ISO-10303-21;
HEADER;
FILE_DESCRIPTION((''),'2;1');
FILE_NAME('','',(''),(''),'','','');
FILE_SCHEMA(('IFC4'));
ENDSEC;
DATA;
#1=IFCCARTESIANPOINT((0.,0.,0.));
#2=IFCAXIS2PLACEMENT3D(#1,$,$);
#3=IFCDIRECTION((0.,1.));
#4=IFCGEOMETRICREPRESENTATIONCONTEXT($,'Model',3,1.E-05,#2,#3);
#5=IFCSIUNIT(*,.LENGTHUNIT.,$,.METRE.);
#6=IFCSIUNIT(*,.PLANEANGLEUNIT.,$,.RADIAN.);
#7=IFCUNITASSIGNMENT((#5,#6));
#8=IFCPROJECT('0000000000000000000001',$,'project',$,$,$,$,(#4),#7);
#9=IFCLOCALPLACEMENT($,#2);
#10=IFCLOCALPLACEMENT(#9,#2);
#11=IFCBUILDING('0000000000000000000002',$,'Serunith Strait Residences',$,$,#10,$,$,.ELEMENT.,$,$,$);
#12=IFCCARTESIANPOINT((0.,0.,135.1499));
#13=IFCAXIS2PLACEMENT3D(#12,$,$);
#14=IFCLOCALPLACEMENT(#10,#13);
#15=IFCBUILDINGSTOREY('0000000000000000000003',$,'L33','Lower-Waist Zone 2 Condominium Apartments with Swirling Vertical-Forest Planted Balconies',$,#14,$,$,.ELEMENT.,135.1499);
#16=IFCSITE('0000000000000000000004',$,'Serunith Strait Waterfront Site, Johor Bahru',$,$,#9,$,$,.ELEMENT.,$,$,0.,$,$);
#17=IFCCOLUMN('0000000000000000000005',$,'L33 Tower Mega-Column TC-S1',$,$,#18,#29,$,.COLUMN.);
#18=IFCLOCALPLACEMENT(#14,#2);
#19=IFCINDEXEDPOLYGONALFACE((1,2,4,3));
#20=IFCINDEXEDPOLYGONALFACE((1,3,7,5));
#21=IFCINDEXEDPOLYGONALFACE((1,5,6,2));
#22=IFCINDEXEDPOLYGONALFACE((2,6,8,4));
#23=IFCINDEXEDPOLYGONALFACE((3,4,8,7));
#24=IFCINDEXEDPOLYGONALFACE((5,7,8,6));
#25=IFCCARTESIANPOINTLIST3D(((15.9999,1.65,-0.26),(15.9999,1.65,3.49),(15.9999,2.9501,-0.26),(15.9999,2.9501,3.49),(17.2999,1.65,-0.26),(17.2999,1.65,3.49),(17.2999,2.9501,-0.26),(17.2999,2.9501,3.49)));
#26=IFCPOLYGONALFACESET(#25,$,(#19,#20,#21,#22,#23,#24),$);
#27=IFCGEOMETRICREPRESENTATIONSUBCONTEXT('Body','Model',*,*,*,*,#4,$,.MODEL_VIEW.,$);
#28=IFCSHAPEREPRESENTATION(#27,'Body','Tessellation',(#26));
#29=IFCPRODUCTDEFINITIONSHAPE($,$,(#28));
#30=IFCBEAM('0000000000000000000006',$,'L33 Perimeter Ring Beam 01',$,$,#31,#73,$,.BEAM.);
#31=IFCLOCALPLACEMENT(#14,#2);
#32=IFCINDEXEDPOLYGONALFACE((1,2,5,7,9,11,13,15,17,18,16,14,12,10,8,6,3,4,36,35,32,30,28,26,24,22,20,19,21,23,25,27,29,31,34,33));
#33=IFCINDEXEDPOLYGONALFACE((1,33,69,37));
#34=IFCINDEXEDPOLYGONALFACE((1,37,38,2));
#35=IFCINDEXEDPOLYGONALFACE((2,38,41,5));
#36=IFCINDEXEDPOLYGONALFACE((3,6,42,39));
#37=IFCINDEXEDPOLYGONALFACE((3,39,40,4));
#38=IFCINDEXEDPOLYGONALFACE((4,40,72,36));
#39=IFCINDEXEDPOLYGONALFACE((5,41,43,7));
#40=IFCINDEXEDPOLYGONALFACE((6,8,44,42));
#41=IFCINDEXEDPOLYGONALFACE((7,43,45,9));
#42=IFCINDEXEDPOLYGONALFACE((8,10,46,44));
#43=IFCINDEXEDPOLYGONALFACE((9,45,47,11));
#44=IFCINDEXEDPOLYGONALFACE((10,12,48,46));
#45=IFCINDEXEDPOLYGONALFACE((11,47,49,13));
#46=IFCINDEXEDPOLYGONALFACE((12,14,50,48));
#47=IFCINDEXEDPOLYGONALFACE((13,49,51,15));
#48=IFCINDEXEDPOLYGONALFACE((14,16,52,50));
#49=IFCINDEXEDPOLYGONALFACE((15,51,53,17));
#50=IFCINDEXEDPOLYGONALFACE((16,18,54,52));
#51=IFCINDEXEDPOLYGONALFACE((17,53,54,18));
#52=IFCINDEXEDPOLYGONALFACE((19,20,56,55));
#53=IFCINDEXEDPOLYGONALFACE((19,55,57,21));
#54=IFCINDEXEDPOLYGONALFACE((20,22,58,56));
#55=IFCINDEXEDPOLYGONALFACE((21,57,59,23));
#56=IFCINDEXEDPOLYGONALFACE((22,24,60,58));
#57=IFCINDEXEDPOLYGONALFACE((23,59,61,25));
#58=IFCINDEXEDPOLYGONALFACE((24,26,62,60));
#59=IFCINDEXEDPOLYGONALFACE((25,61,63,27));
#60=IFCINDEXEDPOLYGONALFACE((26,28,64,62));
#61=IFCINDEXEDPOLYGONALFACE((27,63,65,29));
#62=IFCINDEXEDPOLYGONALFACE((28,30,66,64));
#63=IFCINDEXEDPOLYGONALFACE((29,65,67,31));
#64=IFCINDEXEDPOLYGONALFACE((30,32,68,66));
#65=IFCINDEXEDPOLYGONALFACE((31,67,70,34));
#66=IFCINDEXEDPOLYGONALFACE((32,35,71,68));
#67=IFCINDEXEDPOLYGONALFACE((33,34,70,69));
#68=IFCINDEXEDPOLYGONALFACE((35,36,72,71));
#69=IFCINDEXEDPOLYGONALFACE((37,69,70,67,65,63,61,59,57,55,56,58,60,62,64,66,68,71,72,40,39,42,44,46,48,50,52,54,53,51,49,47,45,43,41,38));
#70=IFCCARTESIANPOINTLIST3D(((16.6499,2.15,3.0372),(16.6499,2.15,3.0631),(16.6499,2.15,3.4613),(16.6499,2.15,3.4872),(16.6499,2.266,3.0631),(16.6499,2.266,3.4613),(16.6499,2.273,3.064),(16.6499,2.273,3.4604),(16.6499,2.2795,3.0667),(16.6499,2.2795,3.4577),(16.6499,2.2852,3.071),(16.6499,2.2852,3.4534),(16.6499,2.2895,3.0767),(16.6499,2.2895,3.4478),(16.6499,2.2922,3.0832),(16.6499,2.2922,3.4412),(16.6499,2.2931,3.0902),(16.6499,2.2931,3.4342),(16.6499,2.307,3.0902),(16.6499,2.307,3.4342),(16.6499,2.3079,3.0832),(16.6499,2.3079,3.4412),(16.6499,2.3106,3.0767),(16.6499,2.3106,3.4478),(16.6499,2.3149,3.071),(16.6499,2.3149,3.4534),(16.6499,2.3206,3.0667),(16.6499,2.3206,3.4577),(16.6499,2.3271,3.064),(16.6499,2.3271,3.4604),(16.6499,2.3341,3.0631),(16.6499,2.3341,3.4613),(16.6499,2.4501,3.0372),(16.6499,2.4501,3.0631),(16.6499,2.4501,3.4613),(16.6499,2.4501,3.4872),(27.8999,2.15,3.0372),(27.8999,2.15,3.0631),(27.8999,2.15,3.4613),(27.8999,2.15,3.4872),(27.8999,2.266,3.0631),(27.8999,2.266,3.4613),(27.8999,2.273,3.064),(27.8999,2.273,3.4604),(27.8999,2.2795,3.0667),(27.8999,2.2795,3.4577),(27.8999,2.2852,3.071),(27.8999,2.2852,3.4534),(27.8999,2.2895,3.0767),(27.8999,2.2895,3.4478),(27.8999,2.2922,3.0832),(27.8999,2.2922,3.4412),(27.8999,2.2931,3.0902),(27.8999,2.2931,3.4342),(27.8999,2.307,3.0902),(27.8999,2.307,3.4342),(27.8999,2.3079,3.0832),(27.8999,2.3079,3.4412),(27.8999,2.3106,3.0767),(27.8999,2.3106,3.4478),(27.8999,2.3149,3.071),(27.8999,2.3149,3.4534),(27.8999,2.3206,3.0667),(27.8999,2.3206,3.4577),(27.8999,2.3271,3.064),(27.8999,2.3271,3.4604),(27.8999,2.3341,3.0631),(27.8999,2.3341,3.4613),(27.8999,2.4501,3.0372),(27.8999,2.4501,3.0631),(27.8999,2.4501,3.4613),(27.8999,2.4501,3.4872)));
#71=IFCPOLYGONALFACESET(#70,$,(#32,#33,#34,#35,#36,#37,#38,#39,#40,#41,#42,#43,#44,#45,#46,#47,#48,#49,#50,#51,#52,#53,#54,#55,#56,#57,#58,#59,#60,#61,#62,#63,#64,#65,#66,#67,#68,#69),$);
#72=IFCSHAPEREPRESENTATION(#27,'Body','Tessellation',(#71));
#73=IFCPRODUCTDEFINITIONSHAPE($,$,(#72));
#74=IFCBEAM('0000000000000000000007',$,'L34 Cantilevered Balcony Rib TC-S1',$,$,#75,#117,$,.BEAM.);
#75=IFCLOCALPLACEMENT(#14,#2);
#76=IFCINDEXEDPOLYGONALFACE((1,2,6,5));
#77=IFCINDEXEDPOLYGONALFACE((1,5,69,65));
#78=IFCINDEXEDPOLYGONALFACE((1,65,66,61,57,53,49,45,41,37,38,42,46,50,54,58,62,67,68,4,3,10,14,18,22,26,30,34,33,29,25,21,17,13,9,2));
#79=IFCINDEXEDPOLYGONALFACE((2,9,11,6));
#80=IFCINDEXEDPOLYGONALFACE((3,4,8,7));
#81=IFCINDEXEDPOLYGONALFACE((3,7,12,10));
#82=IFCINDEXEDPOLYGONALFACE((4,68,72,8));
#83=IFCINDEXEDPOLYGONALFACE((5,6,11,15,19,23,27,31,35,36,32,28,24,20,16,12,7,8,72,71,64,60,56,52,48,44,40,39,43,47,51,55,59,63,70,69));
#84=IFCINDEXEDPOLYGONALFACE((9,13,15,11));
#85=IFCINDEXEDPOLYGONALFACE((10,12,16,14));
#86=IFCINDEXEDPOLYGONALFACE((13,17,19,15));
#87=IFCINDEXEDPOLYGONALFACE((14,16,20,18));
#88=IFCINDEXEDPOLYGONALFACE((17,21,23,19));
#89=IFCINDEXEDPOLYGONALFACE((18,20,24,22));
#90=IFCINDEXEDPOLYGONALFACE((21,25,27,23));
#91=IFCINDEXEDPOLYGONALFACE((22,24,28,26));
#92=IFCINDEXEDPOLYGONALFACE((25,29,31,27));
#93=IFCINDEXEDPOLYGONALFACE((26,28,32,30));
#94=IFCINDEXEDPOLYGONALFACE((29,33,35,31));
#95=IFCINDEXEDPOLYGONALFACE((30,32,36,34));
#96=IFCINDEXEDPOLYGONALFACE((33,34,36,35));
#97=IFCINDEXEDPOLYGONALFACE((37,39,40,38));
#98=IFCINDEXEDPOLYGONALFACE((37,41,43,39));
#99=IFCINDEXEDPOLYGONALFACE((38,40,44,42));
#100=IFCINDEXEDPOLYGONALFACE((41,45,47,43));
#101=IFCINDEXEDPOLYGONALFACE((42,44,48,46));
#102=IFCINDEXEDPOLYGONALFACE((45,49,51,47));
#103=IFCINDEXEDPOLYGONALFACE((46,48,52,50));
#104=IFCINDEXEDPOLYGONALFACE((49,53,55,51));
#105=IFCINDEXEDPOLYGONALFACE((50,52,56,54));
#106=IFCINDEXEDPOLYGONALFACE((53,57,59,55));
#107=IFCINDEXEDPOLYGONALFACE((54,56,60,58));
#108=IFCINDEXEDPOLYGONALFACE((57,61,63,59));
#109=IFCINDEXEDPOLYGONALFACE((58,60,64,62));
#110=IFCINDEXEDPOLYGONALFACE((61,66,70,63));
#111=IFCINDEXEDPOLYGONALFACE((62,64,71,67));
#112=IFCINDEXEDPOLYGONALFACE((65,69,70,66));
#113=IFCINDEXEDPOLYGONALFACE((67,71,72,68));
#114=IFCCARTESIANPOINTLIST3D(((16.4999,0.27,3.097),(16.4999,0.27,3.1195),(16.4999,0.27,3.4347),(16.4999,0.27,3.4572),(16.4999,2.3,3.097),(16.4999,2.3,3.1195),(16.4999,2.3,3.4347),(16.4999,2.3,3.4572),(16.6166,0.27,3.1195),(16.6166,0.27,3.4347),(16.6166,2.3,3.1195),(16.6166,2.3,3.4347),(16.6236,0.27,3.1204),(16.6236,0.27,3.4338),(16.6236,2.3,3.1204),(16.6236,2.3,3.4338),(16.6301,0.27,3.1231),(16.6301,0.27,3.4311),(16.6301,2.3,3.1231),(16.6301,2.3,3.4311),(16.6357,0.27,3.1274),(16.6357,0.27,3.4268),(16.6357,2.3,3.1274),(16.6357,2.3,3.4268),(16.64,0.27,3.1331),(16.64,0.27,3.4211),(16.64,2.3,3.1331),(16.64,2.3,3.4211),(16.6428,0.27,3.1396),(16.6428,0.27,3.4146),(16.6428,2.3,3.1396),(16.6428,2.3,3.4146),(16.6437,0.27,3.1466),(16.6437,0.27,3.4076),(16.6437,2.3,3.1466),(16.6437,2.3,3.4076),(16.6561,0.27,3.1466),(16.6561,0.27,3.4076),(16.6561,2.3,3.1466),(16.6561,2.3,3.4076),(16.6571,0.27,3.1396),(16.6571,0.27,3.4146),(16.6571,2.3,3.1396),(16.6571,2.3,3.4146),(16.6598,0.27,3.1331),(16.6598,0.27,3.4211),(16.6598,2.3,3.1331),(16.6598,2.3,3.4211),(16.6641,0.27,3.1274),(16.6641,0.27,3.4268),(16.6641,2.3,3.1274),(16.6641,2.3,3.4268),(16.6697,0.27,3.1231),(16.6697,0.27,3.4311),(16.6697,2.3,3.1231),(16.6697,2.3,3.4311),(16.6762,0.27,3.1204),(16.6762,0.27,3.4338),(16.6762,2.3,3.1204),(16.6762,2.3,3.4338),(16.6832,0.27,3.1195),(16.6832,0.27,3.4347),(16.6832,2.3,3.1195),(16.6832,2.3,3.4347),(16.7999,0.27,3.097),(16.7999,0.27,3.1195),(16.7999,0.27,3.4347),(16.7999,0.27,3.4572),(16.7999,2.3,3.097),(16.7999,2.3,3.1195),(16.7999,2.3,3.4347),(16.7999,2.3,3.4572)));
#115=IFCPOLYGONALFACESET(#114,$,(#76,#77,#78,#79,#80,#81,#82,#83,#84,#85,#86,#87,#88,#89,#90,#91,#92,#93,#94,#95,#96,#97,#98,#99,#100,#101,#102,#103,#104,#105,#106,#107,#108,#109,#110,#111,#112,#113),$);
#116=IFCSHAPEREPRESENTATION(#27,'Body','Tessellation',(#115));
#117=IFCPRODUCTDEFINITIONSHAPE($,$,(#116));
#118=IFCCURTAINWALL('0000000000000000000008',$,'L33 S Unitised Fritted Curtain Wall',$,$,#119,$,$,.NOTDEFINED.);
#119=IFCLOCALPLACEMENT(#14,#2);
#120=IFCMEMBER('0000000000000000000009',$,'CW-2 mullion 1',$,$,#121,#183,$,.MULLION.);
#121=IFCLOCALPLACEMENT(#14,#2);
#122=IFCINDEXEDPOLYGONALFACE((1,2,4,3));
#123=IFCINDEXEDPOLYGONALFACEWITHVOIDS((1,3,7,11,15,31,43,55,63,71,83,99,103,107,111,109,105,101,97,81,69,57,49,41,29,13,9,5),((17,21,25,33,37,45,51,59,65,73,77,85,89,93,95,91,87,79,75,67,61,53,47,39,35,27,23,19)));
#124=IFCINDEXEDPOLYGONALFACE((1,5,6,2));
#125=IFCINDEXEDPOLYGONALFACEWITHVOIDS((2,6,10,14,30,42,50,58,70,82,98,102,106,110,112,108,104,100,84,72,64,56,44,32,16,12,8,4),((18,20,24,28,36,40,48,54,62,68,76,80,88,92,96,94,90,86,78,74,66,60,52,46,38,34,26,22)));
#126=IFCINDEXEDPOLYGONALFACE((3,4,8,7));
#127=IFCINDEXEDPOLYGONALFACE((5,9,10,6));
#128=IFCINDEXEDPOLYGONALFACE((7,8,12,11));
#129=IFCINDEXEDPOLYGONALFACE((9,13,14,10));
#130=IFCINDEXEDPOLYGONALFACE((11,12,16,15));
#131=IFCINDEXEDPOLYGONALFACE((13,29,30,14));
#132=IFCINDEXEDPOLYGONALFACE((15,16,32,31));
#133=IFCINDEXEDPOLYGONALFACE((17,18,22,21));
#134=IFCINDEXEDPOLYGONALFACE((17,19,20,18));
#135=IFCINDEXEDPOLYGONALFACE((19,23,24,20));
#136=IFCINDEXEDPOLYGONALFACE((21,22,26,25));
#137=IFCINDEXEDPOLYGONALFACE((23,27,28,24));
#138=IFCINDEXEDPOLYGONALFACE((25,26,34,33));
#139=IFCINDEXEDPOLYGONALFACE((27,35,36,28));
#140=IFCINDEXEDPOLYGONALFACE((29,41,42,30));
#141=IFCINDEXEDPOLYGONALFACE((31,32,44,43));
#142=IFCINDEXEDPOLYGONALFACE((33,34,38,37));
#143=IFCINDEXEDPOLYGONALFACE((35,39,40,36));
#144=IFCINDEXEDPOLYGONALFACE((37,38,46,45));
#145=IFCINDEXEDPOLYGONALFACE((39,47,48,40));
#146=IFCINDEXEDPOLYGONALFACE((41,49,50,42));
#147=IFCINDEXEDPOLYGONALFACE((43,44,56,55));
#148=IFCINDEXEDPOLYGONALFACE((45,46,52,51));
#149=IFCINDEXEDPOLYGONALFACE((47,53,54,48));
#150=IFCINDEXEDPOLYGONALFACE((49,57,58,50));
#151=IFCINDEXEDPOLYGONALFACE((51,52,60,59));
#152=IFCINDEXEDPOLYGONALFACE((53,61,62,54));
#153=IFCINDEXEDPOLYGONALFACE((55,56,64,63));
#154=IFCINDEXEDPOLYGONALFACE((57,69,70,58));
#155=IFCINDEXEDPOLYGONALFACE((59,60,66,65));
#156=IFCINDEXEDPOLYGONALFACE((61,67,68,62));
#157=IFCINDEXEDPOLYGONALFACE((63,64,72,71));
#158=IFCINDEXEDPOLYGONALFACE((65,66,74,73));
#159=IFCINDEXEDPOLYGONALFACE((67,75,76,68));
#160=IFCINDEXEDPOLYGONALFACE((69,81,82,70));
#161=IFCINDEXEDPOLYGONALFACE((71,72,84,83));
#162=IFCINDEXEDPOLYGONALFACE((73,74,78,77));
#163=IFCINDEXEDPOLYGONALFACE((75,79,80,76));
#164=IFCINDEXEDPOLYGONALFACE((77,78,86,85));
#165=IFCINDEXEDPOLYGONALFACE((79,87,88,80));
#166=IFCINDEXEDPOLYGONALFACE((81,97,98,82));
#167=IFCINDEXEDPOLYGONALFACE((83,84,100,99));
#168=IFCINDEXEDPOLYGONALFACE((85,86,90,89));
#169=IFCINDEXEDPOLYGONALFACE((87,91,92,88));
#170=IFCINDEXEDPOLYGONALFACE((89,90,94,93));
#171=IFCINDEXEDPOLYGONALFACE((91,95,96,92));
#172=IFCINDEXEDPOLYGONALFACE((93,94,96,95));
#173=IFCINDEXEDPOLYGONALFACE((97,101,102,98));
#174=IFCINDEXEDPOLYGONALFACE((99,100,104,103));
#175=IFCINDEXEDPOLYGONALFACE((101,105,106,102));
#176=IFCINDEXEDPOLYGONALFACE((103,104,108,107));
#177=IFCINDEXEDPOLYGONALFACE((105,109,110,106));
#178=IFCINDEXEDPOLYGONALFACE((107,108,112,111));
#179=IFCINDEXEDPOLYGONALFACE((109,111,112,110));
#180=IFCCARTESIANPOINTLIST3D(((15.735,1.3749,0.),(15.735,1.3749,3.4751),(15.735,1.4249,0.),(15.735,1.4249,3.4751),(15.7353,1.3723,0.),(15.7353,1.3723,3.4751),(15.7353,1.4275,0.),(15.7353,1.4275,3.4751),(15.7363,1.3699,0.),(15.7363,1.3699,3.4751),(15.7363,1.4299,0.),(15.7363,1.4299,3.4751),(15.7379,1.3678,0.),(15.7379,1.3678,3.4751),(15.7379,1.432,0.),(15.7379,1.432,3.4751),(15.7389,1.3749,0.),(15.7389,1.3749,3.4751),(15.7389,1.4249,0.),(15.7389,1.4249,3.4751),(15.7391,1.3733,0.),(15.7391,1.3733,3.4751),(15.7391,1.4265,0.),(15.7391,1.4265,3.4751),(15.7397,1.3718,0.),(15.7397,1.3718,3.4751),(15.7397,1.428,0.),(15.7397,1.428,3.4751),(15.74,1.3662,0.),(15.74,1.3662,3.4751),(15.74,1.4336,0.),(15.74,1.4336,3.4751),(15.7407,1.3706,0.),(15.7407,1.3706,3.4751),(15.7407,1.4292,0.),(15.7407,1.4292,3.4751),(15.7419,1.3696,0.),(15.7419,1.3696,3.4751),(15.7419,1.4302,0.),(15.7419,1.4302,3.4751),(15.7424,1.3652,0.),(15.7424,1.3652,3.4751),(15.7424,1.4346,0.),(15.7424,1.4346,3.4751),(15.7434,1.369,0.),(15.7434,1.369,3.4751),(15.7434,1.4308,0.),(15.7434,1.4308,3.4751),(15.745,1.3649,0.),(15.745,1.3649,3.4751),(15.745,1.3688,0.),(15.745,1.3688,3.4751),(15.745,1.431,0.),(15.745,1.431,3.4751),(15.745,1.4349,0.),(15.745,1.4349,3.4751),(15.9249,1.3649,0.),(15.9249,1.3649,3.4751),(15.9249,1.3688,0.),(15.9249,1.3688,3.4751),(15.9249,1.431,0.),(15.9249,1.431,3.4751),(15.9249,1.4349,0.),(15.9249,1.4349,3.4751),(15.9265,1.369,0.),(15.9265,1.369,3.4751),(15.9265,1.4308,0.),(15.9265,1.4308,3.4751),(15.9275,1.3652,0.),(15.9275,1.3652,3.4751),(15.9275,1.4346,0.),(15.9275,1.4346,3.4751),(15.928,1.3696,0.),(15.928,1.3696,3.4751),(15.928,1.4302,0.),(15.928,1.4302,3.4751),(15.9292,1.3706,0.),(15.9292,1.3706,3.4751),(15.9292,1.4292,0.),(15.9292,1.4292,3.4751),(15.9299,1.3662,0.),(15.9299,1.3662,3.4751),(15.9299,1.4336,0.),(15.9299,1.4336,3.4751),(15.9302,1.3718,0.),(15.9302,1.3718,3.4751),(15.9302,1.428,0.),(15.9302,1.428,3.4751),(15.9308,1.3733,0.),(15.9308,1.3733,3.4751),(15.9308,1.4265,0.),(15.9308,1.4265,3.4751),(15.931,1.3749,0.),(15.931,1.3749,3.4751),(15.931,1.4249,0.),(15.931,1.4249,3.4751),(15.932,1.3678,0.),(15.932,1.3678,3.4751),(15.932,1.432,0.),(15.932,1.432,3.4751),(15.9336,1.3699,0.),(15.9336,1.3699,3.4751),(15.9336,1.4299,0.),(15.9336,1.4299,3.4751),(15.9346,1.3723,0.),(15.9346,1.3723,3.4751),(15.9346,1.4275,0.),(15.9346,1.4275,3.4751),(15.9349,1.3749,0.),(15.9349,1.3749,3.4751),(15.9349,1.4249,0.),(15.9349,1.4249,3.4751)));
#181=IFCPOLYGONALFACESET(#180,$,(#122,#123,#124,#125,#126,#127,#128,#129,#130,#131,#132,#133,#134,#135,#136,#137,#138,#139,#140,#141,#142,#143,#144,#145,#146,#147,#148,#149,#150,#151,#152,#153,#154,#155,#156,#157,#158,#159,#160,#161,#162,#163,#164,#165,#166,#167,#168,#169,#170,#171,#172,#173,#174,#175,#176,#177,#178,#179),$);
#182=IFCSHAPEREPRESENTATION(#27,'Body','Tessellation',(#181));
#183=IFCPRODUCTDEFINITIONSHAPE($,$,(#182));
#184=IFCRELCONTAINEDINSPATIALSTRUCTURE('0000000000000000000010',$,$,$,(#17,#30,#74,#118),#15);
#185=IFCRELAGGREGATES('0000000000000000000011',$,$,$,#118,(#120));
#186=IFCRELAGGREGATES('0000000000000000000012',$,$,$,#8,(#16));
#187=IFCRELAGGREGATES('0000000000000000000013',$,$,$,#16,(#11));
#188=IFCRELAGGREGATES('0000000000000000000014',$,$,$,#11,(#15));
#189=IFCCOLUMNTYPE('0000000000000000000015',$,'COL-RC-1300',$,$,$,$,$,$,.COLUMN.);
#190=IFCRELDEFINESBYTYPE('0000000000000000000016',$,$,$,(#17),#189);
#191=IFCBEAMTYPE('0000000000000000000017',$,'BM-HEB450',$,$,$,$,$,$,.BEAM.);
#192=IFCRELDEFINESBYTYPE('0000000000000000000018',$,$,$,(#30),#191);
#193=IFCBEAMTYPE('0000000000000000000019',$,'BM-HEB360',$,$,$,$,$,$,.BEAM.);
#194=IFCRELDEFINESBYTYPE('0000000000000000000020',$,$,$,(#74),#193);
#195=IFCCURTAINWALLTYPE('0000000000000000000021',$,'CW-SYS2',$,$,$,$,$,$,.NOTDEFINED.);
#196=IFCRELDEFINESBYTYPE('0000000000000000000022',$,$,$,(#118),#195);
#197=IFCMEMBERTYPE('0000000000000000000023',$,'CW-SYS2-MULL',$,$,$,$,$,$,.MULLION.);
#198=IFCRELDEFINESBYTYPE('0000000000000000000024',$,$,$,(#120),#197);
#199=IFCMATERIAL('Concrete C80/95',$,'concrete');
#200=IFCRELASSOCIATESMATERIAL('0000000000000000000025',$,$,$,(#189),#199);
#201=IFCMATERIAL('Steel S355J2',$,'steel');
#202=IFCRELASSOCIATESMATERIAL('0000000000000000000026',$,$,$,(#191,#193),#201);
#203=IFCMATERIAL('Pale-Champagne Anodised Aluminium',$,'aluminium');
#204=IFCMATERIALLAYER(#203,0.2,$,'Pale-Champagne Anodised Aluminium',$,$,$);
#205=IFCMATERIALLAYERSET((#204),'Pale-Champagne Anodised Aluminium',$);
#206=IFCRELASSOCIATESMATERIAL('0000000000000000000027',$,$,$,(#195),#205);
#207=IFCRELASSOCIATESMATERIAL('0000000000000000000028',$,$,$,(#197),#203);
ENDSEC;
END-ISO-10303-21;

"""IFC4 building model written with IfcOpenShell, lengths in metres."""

from ifc_helpers import new_model, si_unit, direction, frame, origin, origin_2d, place, context, subcontext, project, spatial, rectangle, hollow_rectangle, i_section, extrude, source, transform, mapped, material, layer, layer_set, material_profile, profile_set, type_object, element, aggregate, save


model = new_model("IFC4")

# Units and contexts
model_context = context("Model", 3, precision=1e-05, world=origin(), true_north=direction((0.0, 1.0)))
body_context = subcontext(model_context, "Body", "Model", "MODEL_VIEW")
ifc_project = project(units=[si_unit("LENGTHUNIT", "METRE"), si_unit("PLANEANGLEUNIT", "RADIAN")], contexts=[model_context])

# Site, building, storey
site_placement = place(None, origin())
site = spatial("IfcSite", under=ifc_project, at=site_placement, Name="Serunith Strait Waterfront Site, Johor Bahru", CompositionType="ELEMENT", RefElevation=0.0)
building_placement = place(site_placement, origin())
building = spatial("IfcBuilding", under=site, at=building_placement, Name="Serunith Strait Residences", CompositionType="ELEMENT")
storey_placement = place(building_placement, frame((0.0, 0.0, 135.1499)))
storey = spatial("IfcBuildingStorey", under=building, at=storey_placement, Name="L33", Description="Lower-Waist Zone 2 Condominium Apartments with Swirling Vertical-Forest Planted Balconies", CompositionType="ELEMENT", Elevation=135.1499)

# Column
ifc_material_1 = material(Name="Concrete C80/95", Category="concrete")
ifc_material_profile_1 = material_profile(ifc_material_1, rectangle(XDim=1.3, YDim=1.3, at=origin_2d()), Name="RC 1300x1300")
ifc_profile_set_1 = profile_set([ifc_material_profile_1], Name="Concrete C80/95")
column_type = type_object("IfcColumnType", Name="COL-RC-1300", PredefinedType="COLUMN", material=ifc_profile_set_1)
shared_shape_1 = source(origin(), body_context, "Body", "SweptSolid", [
    extrude(rectangle(XDim=1.3, YDim=1.3, at=origin_2d()), origin(), (0.0, 0.0, 1.0), 3.75),
])
column_placement = place(storey_placement, frame((16.6499, 2.3, -0.26), z_axis=(0.0, 0.0, 1.0), x_axis=(1.0, 0.0, 0.0)))
element("IfcColumn", 1, at=column_placement, inside=storey, type_object=column_type, Name="L33 Tower Mega-Column TC-S1", PredefinedType="COLUMN", context=body_context, shape_type="MappedRepresentation", body=[
    mapped(shared_shape_1, transform((0.0, 0.0, 0.0), scale=1.0)),
])

# Beams
ifc_material_2 = material(Name="Steel S355J2", Category="steel")
ifc_material_profile_2 = material_profile(ifc_material_2, i_section(OverallWidth=0.3, OverallDepth=0.45, WebThickness=0.0139, FlangeThickness=0.0259, FilletRadius=0.0271, at=origin_2d()), Name="HEB 450")
ifc_profile_set_2 = profile_set([ifc_material_profile_2], Name="Steel S355J2")
beam_type_1 = type_object("IfcBeamType", Name="BM-HEB450", PredefinedType="BEAM", material=ifc_profile_set_2)
shared_shape_2 = source(origin(), body_context, "Body", "SweptSolid", [
    extrude(i_section(OverallWidth=0.3, OverallDepth=0.45, WebThickness=0.0139, FlangeThickness=0.0259, FilletRadius=0.0271, at=origin_2d()), origin(), (0.0, 0.0, 1.0), 11.25),
])
beam_1_placement = place(storey_placement, frame((16.6499, 2.3, 3.2622), z_axis=(1.0, 0.0, 0.0), x_axis=(0.0, 1.0, 0.0)))
element("IfcBeam", 2, at=beam_1_placement, inside=storey, type_object=beam_type_1, Name="L33 Perimeter Ring Beam 01", PredefinedType="BEAM", context=body_context, shape_type="MappedRepresentation", body=[
    mapped(shared_shape_2, transform((0.0, 0.0, 0.0), scale=1.0)),
])
ifc_material_profile_3 = material_profile(ifc_material_2, i_section(OverallWidth=0.3, OverallDepth=0.3601, WebThickness=0.0125, FlangeThickness=0.0225, FilletRadius=0.0271, at=origin_2d()), Name="HEB 360")
ifc_profile_set_3 = profile_set([ifc_material_profile_3], Name="Steel S355J2")
beam_type_2 = type_object("IfcBeamType", Name="BM-HEB360", PredefinedType="BEAM", material=ifc_profile_set_3)
shared_shape_3 = source(origin(), body_context, "Body", "SweptSolid", [
    extrude(i_section(OverallWidth=0.3, OverallDepth=0.3601, WebThickness=0.0125, FlangeThickness=0.0225, FilletRadius=0.0271, at=origin_2d()), origin(), (0.0, 0.0, 1.0), 2.03),
])
beam_2_placement = place(storey_placement, frame((16.6499, 2.3, 3.2771), z_axis=(0.0, -1.0, 0.0), x_axis=(1.0, 0.0, 0.0)))
element("IfcBeam", 3, at=beam_2_placement, inside=storey, type_object=beam_type_2, Name="L34 Cantilevered Balcony Rib TC-S1", PredefinedType="BEAM", context=body_context, shape_type="MappedRepresentation", body=[
    mapped(shared_shape_3, transform((0.0, 0.0, 0.0), scale=1.0)),
])

# Curtain wall, member
ifc_material_3 = material(Name="Pale-Champagne Anodised Aluminium", Category="aluminium")
ifc_layer_1 = layer(ifc_material_3, 0.2, Name="Pale-Champagne Anodised Aluminium")
ifc_layer_set_1 = layer_set([ifc_layer_1], Name="Pale-Champagne Anodised Aluminium")
curtain_wall_type = type_object("IfcCurtainWallType", Name="CW-SYS2", PredefinedType="NOTDEFINED", material=ifc_layer_set_1)
curtain_wall_placement = place(storey_placement, origin())
curtain_wall = element("IfcCurtainWall", 4, at=curtain_wall_placement, inside=storey, type_object=curtain_wall_type, Name="L33 S Unitised Fritted Curtain Wall", PredefinedType="NOTDEFINED")
ifc_material_profile_4 = material_profile(ifc_material_3, hollow_rectangle(XDim=0.0701, YDim=0.2, WallThickness=0.0039, InnerFilletRadius=0.0061, OuterFilletRadius=0.01, at=origin_2d()), Name="ALU 200x70x4")
ifc_profile_set_4 = profile_set([ifc_material_profile_4], Name="Pale-Champagne Anodised Aluminium")
member_type_1 = type_object("IfcMemberType", Name="CW-SYS2-MULL", PredefinedType="MULLION", material=ifc_profile_set_4)
shared_shape_4 = source(origin(), body_context, "Body", "SweptSolid", [
    extrude(hollow_rectangle(XDim=0.0701, YDim=0.2, WallThickness=0.0039, InnerFilletRadius=0.0061, OuterFilletRadius=0.01, at=origin_2d()), origin(), (0.0, 0.0, 1.0), 3.4751),
])
member_1_placement = place(storey_placement, frame((15.835, 1.3999, 0.0), z_axis=(0.0, 0.0, 1.0), x_axis=(0.0, 1.0, 0.0)))
member_1 = element("IfcMember", 5, at=member_1_placement, type_object=member_type_1, Name="CW-2 mullion 1", PredefinedType="MULLION", context=body_context, shape_type="MappedRepresentation", body=[
    mapped(shared_shape_4, transform((0.0, 0.0, 0.0), scale=1.0)),
])

aggregate(curtain_wall, [member_1])

save(model, "model.ifc")
